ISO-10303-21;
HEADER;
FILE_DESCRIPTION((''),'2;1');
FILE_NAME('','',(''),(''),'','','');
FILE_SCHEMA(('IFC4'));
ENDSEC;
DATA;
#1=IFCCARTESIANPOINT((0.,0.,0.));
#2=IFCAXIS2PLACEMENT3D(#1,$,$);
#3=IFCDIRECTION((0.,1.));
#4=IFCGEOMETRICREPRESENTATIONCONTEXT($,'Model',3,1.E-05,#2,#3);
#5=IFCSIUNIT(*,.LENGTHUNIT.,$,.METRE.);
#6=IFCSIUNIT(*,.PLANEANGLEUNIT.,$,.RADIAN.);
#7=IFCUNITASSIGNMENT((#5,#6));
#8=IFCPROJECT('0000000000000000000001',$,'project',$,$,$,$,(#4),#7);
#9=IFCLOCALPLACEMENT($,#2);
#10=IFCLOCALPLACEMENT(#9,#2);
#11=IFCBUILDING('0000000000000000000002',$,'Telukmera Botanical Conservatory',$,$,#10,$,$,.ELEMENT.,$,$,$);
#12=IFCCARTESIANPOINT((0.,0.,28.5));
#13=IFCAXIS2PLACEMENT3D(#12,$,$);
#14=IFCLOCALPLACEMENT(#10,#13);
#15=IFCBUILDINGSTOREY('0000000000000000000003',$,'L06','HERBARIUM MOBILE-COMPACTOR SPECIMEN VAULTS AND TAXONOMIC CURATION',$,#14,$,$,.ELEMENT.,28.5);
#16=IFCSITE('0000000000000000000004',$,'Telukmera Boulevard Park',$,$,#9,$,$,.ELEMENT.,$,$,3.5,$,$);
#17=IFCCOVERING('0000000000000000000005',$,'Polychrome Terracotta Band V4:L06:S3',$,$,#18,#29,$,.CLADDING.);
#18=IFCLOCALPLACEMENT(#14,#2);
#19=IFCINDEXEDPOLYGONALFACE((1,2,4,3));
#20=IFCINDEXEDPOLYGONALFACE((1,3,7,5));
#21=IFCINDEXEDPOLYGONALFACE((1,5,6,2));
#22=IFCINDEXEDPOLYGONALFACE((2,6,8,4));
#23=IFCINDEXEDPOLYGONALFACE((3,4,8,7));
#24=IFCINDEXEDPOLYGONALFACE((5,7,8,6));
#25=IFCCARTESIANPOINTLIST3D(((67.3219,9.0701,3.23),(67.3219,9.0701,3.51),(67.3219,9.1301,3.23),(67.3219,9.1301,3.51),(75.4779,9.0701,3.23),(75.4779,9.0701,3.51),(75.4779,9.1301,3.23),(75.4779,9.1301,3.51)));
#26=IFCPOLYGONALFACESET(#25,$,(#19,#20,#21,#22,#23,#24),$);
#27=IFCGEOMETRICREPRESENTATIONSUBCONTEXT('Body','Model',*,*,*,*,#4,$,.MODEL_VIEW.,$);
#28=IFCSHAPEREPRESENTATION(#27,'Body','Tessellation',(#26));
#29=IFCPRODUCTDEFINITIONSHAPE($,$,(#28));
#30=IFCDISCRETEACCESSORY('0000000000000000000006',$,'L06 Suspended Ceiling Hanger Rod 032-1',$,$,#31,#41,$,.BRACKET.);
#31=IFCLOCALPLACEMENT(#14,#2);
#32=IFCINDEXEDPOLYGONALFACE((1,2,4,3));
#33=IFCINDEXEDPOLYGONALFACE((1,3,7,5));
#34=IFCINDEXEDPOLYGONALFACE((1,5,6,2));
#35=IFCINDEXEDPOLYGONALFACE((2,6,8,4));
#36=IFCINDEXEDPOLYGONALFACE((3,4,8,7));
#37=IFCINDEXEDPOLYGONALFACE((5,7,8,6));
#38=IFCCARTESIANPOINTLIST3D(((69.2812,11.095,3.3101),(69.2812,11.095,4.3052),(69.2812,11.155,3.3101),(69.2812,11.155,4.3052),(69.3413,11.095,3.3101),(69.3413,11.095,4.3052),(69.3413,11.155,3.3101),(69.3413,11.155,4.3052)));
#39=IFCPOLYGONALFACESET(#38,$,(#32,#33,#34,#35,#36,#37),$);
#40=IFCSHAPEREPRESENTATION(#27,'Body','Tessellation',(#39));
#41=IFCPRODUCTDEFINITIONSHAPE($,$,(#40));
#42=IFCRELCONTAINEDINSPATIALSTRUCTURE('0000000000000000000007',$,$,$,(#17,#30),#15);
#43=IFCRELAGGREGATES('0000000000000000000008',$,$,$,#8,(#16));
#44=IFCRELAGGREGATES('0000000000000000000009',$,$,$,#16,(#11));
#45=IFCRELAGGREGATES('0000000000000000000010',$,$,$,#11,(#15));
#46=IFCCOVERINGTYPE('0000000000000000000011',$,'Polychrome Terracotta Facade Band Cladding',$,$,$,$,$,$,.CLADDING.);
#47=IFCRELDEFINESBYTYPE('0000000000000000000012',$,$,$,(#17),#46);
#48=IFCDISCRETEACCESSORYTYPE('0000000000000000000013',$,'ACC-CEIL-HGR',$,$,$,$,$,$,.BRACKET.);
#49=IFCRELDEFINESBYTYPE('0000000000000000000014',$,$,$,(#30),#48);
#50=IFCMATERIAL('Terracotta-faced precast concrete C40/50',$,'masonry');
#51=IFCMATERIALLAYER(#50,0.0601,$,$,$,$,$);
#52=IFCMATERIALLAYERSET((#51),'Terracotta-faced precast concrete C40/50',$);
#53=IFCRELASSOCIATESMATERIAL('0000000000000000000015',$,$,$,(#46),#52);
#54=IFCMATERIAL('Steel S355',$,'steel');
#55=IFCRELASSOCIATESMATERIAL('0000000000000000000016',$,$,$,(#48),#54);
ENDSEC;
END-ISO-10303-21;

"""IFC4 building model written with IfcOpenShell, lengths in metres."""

from ifc_helpers import new_model, si_unit, direction, frame, origin, origin_2d, place, context, subcontext, project, spatial, rectangle, extrude, material, layer, layer_set, type_object, element, save


model = new_model("IFC4")

# Units and contexts
model_context = context("Model", 3, precision=1e-05, world=origin(), true_north=direction((0.0, 1.0)))
body_context = subcontext(model_context, "Body", "Model", "MODEL_VIEW")
ifc_project = project(units=[si_unit("LENGTHUNIT", "METRE"), si_unit("PLANEANGLEUNIT", "RADIAN")], contexts=[model_context])

# Site, building, storey
site_placement = place(None, origin())
site = spatial("IfcSite", under=ifc_project, at=site_placement, Name="Telukmera Boulevard Park", CompositionType="ELEMENT", RefElevation=3.5)
building_placement = place(site_placement, origin())
building = spatial("IfcBuilding", under=site, at=building_placement, Name="Telukmera Botanical Conservatory", CompositionType="ELEMENT")
storey_placement = place(building_placement, frame((0.0, 0.0, 28.5)))
storey = spatial("IfcBuildingStorey", under=building, at=storey_placement, Name="L06", Description="HERBARIUM MOBILE-COMPACTOR SPECIMEN VAULTS AND TAXONOMIC CURATION", CompositionType="ELEMENT", Elevation=28.5)

# Shared definitions
ifc_material_1 = material(Name="Terracotta-faced precast concrete C40/50", Category="masonry")

# Covering
ifc_layer_1 = layer(ifc_material_1, 0.0601)
ifc_layer_set_1 = layer_set([ifc_layer_1], Name="Terracotta-faced precast concrete C40/50")
covering_type_1 = type_object("IfcCoveringType", Name="Polychrome Terracotta Facade Band Cladding", PredefinedType="CLADDING", material=ifc_layer_set_1)
for number, where, z_axis, x_axis, name in (
    (1, (71.3999, 9.1001, 3.23), (0.0, 0.0, 1.0), (1.0, 0.0, 0.0), "Polychrome Terracotta Band V4:L06:S3"),
):
    element("IfcCovering", number, at=place(storey_placement, frame(where, z_axis=z_axis, x_axis=x_axis)), inside=storey, type_object=covering_type_1, Name=name, PredefinedType="CLADDING", context=body_context, shape_type="SweptSolid", body=[
        extrude(rectangle(XDim=8.156, YDim=0.0601, at=origin_2d()), origin(), (0.0, 0.0, 1.0), 0.28),
    ])

# Discrete accessory
ifc_material_2 = material(Name="Steel S355", Category="steel")
discrete_accessory_type = type_object("IfcDiscreteAccessoryType", Name="ACC-CEIL-HGR", PredefinedType="BRACKET", material=ifc_material_2)
discrete_accessory_placement = place(storey_placement, frame((69.3113, 11.125, 3.3101), z_axis=(0.0, 0.0, 1.0), x_axis=(1.0, 0.0, 0.0)))
element("IfcDiscreteAccessory", 2, at=discrete_accessory_placement, inside=storey, type_object=discrete_accessory_type, Name="L06 Suspended Ceiling Hanger Rod 032-1", PredefinedType="BRACKET", context=body_context, shape_type="SweptSolid", body=[
    extrude(rectangle(XDim=0.0601, YDim=0.0601, at=origin_2d()), origin(), (0.0, 0.0, 1.0), 0.9951),
])

save(model, "model.ifc")
